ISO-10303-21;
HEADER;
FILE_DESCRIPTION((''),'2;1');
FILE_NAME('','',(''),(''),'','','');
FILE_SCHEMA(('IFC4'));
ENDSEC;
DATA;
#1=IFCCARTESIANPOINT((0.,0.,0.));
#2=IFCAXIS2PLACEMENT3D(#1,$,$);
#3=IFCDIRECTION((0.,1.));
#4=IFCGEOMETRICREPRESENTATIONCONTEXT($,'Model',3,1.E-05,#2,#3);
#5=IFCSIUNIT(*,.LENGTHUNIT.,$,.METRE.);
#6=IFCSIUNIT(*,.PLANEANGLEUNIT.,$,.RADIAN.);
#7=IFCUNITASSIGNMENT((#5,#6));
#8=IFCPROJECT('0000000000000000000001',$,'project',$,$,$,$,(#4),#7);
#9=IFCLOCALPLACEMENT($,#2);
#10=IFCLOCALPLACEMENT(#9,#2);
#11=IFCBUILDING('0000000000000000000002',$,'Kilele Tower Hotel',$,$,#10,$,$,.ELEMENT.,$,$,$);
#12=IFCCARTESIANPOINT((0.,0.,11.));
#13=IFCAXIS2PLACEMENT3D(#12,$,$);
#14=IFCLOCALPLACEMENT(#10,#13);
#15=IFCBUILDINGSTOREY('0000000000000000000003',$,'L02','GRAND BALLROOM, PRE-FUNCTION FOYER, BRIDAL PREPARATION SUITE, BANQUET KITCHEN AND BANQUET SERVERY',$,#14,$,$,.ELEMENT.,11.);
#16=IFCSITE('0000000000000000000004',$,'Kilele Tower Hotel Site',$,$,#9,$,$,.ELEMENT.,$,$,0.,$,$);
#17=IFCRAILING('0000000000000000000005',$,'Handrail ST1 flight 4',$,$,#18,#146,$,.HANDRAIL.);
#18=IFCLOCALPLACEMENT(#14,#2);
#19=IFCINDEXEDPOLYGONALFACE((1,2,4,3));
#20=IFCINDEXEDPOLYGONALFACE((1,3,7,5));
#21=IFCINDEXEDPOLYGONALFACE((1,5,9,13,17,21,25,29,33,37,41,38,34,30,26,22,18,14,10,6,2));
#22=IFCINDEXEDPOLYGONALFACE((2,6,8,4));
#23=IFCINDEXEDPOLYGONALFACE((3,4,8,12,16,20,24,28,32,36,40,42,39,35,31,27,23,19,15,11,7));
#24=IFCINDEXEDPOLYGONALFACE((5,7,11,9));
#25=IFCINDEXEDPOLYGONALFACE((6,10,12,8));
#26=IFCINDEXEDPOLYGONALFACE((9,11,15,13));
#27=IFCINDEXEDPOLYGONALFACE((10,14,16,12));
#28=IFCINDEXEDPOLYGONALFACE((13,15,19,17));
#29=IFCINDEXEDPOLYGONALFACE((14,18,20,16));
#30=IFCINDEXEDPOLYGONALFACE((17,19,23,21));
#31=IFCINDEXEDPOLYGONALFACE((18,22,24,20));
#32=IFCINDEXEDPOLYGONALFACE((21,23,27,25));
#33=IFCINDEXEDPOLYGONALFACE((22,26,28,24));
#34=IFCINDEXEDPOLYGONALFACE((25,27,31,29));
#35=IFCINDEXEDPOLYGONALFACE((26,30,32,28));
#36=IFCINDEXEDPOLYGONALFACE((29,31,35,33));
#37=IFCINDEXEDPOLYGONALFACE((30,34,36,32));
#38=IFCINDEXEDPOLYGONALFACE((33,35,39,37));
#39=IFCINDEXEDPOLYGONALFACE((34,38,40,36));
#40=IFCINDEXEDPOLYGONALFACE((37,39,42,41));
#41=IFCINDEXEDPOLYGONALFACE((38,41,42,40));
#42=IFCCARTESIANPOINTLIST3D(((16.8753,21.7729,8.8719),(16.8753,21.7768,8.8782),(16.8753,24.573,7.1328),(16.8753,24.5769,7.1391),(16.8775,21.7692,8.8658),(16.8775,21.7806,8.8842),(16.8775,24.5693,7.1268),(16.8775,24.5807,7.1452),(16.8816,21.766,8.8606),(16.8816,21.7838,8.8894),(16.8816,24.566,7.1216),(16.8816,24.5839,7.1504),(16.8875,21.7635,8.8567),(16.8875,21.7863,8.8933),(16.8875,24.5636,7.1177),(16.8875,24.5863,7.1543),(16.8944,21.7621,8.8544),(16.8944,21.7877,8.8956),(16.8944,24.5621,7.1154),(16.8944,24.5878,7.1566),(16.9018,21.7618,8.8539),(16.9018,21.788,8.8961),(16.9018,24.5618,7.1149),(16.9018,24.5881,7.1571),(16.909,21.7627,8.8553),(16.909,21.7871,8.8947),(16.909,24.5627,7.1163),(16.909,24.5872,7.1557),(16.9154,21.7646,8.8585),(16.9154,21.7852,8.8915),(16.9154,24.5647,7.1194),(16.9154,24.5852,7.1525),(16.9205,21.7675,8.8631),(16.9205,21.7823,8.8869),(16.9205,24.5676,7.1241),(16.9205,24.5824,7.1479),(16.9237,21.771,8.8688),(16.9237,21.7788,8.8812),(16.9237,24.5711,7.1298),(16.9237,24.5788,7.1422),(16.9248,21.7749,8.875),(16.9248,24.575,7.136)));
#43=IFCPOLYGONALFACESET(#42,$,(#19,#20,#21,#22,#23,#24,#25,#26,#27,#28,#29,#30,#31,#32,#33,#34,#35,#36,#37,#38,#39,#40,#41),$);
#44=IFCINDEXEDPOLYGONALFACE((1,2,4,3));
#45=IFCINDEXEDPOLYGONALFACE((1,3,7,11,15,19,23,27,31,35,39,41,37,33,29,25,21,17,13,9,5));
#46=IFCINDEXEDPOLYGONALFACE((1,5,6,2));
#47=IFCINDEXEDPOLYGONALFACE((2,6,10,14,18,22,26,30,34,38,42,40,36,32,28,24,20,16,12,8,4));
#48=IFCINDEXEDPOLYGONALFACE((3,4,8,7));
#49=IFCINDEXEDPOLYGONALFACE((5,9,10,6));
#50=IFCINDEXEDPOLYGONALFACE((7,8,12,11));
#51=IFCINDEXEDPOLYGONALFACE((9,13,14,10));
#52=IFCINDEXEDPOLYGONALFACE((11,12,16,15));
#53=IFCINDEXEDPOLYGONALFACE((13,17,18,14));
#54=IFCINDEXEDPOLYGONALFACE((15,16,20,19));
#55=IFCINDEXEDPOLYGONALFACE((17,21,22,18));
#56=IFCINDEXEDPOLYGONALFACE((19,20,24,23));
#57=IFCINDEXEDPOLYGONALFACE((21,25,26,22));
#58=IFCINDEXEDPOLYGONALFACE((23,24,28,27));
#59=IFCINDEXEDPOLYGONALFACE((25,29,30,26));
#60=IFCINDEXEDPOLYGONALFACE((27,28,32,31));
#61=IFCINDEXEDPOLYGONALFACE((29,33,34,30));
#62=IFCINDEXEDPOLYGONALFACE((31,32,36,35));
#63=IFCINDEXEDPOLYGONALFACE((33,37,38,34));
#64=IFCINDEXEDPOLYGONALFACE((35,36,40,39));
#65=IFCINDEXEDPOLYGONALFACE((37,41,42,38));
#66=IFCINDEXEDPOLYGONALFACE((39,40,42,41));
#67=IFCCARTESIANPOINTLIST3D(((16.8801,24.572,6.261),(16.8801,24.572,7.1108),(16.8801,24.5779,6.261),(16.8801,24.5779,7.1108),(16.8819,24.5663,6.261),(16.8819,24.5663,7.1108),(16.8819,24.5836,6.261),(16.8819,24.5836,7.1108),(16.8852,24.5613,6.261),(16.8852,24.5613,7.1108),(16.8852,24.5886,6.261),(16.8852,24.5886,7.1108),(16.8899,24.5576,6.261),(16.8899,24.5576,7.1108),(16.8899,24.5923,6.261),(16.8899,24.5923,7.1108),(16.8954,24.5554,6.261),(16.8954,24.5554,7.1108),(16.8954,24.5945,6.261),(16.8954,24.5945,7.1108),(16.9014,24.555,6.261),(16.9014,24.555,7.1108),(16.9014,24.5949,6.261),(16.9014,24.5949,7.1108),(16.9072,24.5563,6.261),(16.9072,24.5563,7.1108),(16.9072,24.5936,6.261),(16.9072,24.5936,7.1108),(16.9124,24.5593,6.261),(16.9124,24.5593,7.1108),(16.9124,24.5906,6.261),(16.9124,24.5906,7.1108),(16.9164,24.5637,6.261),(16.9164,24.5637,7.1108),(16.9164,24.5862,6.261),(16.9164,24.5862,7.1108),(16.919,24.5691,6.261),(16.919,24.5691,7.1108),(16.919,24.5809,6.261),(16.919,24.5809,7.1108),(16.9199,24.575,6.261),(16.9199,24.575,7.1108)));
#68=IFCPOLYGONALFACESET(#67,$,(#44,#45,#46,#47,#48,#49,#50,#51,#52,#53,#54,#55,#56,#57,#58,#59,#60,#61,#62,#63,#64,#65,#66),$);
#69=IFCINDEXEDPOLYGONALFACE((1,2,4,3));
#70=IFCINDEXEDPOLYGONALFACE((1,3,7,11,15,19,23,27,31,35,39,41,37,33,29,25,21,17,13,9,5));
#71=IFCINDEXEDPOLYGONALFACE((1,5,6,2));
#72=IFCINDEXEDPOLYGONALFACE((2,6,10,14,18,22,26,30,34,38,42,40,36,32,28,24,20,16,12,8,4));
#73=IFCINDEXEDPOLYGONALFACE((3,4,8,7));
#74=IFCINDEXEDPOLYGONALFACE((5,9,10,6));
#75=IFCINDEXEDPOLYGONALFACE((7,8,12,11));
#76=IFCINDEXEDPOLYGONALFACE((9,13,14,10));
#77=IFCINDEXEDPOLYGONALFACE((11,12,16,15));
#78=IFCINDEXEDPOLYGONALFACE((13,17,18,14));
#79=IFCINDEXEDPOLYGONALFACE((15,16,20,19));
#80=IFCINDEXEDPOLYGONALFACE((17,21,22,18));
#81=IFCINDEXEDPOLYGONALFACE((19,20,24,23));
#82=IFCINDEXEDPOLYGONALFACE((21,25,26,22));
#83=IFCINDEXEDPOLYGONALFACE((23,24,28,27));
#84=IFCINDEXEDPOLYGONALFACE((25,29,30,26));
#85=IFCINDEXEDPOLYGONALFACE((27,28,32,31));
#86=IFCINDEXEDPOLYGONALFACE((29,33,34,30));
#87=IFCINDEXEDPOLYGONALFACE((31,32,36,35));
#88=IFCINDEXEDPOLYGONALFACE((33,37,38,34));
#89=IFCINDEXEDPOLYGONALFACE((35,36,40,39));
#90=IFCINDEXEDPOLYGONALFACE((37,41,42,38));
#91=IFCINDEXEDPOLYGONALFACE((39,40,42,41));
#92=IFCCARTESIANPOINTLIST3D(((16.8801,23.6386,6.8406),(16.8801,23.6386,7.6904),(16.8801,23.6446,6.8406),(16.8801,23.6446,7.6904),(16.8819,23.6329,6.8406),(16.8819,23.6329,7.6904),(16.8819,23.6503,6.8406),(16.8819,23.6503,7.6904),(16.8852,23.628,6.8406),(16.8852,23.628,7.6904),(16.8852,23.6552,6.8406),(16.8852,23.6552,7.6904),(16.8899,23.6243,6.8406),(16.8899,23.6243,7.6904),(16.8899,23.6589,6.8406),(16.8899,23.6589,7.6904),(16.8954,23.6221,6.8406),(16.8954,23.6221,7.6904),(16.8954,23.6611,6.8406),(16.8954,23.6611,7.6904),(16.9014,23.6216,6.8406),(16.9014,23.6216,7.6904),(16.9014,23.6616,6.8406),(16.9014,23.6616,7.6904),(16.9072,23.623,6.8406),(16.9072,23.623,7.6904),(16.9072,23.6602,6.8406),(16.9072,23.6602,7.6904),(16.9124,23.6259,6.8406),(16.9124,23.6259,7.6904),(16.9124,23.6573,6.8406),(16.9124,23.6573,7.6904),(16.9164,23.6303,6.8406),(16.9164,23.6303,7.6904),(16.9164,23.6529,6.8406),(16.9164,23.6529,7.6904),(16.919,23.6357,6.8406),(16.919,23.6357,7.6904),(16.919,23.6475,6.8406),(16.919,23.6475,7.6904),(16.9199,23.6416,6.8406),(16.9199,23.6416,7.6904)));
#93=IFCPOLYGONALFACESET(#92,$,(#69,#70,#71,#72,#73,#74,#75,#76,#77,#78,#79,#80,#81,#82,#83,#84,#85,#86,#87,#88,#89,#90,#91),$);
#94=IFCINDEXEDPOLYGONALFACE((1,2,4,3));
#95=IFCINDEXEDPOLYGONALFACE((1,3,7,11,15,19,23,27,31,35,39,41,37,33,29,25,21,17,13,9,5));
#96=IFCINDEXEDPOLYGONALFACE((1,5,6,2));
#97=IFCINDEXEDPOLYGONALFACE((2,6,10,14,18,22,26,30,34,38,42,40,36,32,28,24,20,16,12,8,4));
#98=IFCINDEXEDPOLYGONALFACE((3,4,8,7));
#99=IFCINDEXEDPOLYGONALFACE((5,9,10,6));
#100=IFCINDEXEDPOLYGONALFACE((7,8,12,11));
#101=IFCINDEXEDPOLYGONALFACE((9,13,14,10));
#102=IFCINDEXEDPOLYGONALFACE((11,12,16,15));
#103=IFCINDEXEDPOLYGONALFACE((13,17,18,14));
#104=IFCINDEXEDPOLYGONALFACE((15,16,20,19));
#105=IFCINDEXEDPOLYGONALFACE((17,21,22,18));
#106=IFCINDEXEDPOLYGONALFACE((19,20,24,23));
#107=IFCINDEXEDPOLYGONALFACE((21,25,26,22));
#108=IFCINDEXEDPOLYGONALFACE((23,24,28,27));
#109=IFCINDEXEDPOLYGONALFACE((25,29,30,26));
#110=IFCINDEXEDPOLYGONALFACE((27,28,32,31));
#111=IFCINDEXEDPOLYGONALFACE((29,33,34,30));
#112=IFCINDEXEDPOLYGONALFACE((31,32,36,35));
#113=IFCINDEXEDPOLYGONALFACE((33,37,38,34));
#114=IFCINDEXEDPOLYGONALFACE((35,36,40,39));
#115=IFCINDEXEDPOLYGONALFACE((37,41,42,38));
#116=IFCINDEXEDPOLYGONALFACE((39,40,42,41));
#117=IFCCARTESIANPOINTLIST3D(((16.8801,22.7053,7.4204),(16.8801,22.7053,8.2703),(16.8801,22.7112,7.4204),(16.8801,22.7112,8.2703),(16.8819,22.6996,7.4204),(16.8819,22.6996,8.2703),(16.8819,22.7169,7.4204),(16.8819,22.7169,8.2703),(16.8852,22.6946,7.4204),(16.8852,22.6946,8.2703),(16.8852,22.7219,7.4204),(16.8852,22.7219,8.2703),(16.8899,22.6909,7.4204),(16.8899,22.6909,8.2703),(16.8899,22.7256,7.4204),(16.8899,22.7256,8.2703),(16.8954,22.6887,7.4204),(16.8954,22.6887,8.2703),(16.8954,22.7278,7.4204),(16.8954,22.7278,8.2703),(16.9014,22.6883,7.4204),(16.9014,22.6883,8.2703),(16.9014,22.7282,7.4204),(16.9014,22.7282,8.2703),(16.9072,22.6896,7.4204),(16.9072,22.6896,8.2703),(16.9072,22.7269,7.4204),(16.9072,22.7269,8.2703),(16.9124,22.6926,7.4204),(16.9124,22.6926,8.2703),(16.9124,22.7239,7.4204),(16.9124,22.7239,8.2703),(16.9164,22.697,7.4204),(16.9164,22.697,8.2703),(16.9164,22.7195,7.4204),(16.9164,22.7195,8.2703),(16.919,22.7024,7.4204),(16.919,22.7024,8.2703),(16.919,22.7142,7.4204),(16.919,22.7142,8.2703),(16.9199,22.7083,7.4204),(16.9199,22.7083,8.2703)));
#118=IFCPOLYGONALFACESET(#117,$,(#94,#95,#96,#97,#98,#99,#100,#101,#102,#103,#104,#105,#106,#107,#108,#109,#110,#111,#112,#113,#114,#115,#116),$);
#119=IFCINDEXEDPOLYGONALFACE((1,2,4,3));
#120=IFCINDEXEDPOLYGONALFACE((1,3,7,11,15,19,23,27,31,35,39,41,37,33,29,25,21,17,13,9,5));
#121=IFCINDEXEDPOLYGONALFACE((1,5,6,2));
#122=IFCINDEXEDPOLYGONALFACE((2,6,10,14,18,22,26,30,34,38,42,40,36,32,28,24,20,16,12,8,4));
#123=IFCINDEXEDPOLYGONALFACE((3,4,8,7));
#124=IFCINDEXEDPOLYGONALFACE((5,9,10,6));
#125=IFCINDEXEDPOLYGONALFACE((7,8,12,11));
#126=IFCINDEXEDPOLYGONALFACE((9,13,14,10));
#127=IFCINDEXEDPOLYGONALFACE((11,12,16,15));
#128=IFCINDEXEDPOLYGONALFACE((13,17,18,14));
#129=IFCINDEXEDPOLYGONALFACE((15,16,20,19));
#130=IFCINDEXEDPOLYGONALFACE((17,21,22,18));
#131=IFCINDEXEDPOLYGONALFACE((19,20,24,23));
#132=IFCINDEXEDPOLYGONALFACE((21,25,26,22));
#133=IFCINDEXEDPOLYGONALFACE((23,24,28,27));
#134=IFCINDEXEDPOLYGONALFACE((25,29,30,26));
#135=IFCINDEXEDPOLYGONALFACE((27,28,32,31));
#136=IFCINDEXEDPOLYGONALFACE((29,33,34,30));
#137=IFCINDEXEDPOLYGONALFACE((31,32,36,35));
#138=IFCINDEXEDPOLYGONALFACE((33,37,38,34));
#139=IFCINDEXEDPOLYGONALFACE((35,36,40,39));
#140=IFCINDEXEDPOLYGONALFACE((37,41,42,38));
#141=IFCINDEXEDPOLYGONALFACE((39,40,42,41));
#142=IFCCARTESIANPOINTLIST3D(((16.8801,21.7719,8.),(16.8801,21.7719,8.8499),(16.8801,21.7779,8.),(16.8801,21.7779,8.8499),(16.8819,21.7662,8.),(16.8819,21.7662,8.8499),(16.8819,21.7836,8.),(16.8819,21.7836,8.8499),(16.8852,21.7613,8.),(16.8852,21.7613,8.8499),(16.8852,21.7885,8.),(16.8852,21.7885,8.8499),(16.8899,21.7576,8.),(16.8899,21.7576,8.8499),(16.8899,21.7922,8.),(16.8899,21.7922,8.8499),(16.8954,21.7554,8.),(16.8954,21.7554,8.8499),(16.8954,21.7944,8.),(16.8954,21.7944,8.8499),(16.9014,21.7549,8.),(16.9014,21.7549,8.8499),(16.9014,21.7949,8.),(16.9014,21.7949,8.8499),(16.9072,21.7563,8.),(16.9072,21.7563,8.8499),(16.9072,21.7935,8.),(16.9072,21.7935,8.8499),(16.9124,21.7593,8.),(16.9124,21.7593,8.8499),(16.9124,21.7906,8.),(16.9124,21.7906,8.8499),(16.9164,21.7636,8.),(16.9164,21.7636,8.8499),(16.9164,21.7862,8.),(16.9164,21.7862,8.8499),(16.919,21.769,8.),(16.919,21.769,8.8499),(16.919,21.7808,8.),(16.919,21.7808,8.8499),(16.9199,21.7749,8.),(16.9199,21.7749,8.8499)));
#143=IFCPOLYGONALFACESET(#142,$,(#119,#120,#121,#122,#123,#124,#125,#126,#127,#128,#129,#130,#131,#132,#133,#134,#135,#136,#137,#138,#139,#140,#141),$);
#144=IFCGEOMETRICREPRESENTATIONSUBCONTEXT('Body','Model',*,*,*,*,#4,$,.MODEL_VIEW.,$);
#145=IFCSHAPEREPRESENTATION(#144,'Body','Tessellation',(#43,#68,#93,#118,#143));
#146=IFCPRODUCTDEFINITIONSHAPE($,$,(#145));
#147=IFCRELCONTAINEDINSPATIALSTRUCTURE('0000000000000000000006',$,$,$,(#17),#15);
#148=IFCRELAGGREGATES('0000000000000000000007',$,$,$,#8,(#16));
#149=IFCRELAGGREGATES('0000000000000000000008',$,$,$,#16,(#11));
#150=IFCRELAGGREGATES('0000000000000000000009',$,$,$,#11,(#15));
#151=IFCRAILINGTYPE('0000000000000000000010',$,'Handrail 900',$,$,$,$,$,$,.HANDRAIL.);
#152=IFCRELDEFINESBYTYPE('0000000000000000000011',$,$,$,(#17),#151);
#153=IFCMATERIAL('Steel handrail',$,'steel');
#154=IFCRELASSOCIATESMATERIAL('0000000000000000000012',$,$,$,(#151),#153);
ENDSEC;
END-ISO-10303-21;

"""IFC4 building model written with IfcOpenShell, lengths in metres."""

from ifc_helpers import new_model, si_unit, direction, frame, origin, origin_2d, place, context, subcontext, project, spatial, circle, extrude, material, type_object, element, save


model = new_model("IFC4")

# Units and contexts
model_context = context("Model", 3, precision=1e-05, world=origin(), true_north=direction((0.0, 1.0)))
body_context = subcontext(model_context, "Body", "Model", "MODEL_VIEW")
ifc_project = project(units=[si_unit("LENGTHUNIT", "METRE"), si_unit("PLANEANGLEUNIT", "RADIAN")], contexts=[model_context])

# Site, building, storey
site_placement = place(None, origin())
site = spatial("IfcSite", under=ifc_project, at=site_placement, Name="Kilele Tower Hotel Site", CompositionType="ELEMENT", RefElevation=0.0)
building_placement = place(site_placement, origin())
building = spatial("IfcBuilding", under=site, at=building_placement, Name="Kilele Tower Hotel", CompositionType="ELEMENT")
storey_placement = place(building_placement, frame((0.0, 0.0, 11.0)))
storey = spatial("IfcBuildingStorey", under=building, at=storey_placement, Name="L02", Description="GRAND BALLROOM, PRE-FUNCTION FOYER, BRIDAL PREPARATION SUITE, BANQUET KITCHEN AND BANQUET SERVERY", CompositionType="ELEMENT", Elevation=11.0)

# Railing
ifc_material_1 = material(Name="Steel handrail", Category="steel")
railing_type_1 = type_object("IfcRailingType", Name="Handrail 900", PredefinedType="HANDRAIL", material=ifc_material_1)
for number, where, name in (
    (1, (16.8999, 24.575, 6.261), "Handrail ST1 flight 4"),
):
    element("IfcRailing", number, at=place(storey_placement, frame(where)), inside=storey, type_object=railing_type_1, Name=name, PredefinedType="HANDRAIL", context=body_context, shape_type="SweptSolid", body=[
        extrude(circle(Radius=0.0249, at=origin_2d()), frame((0.0, 0.0, 0.875), z_axis=(0.0, -0.849497, 0.527593), x_axis=(1.0, 0.0, 0.0)), (0.0, 0.0, 1.0), 3.2961),
        extrude(circle(Radius=0.02, at=origin_2d()), origin(), (0.0, 0.0, 1.0), 0.8499),
        extrude(circle(Radius=0.02, at=origin_2d()), frame((0.0, -0.9333, 0.5796)), (0.0, 0.0, 1.0), 0.8499),
        extrude(circle(Radius=0.02, at=origin_2d()), frame((0.0, -1.8667, 1.1594)), (0.0, 0.0, 1.0), 0.8499),
        extrude(circle(Radius=0.02, at=origin_2d()), frame((0.0, -2.8, 1.739)), (0.0, 0.0, 1.0), 0.8499),
    ])

save(model, "model.ifc")
